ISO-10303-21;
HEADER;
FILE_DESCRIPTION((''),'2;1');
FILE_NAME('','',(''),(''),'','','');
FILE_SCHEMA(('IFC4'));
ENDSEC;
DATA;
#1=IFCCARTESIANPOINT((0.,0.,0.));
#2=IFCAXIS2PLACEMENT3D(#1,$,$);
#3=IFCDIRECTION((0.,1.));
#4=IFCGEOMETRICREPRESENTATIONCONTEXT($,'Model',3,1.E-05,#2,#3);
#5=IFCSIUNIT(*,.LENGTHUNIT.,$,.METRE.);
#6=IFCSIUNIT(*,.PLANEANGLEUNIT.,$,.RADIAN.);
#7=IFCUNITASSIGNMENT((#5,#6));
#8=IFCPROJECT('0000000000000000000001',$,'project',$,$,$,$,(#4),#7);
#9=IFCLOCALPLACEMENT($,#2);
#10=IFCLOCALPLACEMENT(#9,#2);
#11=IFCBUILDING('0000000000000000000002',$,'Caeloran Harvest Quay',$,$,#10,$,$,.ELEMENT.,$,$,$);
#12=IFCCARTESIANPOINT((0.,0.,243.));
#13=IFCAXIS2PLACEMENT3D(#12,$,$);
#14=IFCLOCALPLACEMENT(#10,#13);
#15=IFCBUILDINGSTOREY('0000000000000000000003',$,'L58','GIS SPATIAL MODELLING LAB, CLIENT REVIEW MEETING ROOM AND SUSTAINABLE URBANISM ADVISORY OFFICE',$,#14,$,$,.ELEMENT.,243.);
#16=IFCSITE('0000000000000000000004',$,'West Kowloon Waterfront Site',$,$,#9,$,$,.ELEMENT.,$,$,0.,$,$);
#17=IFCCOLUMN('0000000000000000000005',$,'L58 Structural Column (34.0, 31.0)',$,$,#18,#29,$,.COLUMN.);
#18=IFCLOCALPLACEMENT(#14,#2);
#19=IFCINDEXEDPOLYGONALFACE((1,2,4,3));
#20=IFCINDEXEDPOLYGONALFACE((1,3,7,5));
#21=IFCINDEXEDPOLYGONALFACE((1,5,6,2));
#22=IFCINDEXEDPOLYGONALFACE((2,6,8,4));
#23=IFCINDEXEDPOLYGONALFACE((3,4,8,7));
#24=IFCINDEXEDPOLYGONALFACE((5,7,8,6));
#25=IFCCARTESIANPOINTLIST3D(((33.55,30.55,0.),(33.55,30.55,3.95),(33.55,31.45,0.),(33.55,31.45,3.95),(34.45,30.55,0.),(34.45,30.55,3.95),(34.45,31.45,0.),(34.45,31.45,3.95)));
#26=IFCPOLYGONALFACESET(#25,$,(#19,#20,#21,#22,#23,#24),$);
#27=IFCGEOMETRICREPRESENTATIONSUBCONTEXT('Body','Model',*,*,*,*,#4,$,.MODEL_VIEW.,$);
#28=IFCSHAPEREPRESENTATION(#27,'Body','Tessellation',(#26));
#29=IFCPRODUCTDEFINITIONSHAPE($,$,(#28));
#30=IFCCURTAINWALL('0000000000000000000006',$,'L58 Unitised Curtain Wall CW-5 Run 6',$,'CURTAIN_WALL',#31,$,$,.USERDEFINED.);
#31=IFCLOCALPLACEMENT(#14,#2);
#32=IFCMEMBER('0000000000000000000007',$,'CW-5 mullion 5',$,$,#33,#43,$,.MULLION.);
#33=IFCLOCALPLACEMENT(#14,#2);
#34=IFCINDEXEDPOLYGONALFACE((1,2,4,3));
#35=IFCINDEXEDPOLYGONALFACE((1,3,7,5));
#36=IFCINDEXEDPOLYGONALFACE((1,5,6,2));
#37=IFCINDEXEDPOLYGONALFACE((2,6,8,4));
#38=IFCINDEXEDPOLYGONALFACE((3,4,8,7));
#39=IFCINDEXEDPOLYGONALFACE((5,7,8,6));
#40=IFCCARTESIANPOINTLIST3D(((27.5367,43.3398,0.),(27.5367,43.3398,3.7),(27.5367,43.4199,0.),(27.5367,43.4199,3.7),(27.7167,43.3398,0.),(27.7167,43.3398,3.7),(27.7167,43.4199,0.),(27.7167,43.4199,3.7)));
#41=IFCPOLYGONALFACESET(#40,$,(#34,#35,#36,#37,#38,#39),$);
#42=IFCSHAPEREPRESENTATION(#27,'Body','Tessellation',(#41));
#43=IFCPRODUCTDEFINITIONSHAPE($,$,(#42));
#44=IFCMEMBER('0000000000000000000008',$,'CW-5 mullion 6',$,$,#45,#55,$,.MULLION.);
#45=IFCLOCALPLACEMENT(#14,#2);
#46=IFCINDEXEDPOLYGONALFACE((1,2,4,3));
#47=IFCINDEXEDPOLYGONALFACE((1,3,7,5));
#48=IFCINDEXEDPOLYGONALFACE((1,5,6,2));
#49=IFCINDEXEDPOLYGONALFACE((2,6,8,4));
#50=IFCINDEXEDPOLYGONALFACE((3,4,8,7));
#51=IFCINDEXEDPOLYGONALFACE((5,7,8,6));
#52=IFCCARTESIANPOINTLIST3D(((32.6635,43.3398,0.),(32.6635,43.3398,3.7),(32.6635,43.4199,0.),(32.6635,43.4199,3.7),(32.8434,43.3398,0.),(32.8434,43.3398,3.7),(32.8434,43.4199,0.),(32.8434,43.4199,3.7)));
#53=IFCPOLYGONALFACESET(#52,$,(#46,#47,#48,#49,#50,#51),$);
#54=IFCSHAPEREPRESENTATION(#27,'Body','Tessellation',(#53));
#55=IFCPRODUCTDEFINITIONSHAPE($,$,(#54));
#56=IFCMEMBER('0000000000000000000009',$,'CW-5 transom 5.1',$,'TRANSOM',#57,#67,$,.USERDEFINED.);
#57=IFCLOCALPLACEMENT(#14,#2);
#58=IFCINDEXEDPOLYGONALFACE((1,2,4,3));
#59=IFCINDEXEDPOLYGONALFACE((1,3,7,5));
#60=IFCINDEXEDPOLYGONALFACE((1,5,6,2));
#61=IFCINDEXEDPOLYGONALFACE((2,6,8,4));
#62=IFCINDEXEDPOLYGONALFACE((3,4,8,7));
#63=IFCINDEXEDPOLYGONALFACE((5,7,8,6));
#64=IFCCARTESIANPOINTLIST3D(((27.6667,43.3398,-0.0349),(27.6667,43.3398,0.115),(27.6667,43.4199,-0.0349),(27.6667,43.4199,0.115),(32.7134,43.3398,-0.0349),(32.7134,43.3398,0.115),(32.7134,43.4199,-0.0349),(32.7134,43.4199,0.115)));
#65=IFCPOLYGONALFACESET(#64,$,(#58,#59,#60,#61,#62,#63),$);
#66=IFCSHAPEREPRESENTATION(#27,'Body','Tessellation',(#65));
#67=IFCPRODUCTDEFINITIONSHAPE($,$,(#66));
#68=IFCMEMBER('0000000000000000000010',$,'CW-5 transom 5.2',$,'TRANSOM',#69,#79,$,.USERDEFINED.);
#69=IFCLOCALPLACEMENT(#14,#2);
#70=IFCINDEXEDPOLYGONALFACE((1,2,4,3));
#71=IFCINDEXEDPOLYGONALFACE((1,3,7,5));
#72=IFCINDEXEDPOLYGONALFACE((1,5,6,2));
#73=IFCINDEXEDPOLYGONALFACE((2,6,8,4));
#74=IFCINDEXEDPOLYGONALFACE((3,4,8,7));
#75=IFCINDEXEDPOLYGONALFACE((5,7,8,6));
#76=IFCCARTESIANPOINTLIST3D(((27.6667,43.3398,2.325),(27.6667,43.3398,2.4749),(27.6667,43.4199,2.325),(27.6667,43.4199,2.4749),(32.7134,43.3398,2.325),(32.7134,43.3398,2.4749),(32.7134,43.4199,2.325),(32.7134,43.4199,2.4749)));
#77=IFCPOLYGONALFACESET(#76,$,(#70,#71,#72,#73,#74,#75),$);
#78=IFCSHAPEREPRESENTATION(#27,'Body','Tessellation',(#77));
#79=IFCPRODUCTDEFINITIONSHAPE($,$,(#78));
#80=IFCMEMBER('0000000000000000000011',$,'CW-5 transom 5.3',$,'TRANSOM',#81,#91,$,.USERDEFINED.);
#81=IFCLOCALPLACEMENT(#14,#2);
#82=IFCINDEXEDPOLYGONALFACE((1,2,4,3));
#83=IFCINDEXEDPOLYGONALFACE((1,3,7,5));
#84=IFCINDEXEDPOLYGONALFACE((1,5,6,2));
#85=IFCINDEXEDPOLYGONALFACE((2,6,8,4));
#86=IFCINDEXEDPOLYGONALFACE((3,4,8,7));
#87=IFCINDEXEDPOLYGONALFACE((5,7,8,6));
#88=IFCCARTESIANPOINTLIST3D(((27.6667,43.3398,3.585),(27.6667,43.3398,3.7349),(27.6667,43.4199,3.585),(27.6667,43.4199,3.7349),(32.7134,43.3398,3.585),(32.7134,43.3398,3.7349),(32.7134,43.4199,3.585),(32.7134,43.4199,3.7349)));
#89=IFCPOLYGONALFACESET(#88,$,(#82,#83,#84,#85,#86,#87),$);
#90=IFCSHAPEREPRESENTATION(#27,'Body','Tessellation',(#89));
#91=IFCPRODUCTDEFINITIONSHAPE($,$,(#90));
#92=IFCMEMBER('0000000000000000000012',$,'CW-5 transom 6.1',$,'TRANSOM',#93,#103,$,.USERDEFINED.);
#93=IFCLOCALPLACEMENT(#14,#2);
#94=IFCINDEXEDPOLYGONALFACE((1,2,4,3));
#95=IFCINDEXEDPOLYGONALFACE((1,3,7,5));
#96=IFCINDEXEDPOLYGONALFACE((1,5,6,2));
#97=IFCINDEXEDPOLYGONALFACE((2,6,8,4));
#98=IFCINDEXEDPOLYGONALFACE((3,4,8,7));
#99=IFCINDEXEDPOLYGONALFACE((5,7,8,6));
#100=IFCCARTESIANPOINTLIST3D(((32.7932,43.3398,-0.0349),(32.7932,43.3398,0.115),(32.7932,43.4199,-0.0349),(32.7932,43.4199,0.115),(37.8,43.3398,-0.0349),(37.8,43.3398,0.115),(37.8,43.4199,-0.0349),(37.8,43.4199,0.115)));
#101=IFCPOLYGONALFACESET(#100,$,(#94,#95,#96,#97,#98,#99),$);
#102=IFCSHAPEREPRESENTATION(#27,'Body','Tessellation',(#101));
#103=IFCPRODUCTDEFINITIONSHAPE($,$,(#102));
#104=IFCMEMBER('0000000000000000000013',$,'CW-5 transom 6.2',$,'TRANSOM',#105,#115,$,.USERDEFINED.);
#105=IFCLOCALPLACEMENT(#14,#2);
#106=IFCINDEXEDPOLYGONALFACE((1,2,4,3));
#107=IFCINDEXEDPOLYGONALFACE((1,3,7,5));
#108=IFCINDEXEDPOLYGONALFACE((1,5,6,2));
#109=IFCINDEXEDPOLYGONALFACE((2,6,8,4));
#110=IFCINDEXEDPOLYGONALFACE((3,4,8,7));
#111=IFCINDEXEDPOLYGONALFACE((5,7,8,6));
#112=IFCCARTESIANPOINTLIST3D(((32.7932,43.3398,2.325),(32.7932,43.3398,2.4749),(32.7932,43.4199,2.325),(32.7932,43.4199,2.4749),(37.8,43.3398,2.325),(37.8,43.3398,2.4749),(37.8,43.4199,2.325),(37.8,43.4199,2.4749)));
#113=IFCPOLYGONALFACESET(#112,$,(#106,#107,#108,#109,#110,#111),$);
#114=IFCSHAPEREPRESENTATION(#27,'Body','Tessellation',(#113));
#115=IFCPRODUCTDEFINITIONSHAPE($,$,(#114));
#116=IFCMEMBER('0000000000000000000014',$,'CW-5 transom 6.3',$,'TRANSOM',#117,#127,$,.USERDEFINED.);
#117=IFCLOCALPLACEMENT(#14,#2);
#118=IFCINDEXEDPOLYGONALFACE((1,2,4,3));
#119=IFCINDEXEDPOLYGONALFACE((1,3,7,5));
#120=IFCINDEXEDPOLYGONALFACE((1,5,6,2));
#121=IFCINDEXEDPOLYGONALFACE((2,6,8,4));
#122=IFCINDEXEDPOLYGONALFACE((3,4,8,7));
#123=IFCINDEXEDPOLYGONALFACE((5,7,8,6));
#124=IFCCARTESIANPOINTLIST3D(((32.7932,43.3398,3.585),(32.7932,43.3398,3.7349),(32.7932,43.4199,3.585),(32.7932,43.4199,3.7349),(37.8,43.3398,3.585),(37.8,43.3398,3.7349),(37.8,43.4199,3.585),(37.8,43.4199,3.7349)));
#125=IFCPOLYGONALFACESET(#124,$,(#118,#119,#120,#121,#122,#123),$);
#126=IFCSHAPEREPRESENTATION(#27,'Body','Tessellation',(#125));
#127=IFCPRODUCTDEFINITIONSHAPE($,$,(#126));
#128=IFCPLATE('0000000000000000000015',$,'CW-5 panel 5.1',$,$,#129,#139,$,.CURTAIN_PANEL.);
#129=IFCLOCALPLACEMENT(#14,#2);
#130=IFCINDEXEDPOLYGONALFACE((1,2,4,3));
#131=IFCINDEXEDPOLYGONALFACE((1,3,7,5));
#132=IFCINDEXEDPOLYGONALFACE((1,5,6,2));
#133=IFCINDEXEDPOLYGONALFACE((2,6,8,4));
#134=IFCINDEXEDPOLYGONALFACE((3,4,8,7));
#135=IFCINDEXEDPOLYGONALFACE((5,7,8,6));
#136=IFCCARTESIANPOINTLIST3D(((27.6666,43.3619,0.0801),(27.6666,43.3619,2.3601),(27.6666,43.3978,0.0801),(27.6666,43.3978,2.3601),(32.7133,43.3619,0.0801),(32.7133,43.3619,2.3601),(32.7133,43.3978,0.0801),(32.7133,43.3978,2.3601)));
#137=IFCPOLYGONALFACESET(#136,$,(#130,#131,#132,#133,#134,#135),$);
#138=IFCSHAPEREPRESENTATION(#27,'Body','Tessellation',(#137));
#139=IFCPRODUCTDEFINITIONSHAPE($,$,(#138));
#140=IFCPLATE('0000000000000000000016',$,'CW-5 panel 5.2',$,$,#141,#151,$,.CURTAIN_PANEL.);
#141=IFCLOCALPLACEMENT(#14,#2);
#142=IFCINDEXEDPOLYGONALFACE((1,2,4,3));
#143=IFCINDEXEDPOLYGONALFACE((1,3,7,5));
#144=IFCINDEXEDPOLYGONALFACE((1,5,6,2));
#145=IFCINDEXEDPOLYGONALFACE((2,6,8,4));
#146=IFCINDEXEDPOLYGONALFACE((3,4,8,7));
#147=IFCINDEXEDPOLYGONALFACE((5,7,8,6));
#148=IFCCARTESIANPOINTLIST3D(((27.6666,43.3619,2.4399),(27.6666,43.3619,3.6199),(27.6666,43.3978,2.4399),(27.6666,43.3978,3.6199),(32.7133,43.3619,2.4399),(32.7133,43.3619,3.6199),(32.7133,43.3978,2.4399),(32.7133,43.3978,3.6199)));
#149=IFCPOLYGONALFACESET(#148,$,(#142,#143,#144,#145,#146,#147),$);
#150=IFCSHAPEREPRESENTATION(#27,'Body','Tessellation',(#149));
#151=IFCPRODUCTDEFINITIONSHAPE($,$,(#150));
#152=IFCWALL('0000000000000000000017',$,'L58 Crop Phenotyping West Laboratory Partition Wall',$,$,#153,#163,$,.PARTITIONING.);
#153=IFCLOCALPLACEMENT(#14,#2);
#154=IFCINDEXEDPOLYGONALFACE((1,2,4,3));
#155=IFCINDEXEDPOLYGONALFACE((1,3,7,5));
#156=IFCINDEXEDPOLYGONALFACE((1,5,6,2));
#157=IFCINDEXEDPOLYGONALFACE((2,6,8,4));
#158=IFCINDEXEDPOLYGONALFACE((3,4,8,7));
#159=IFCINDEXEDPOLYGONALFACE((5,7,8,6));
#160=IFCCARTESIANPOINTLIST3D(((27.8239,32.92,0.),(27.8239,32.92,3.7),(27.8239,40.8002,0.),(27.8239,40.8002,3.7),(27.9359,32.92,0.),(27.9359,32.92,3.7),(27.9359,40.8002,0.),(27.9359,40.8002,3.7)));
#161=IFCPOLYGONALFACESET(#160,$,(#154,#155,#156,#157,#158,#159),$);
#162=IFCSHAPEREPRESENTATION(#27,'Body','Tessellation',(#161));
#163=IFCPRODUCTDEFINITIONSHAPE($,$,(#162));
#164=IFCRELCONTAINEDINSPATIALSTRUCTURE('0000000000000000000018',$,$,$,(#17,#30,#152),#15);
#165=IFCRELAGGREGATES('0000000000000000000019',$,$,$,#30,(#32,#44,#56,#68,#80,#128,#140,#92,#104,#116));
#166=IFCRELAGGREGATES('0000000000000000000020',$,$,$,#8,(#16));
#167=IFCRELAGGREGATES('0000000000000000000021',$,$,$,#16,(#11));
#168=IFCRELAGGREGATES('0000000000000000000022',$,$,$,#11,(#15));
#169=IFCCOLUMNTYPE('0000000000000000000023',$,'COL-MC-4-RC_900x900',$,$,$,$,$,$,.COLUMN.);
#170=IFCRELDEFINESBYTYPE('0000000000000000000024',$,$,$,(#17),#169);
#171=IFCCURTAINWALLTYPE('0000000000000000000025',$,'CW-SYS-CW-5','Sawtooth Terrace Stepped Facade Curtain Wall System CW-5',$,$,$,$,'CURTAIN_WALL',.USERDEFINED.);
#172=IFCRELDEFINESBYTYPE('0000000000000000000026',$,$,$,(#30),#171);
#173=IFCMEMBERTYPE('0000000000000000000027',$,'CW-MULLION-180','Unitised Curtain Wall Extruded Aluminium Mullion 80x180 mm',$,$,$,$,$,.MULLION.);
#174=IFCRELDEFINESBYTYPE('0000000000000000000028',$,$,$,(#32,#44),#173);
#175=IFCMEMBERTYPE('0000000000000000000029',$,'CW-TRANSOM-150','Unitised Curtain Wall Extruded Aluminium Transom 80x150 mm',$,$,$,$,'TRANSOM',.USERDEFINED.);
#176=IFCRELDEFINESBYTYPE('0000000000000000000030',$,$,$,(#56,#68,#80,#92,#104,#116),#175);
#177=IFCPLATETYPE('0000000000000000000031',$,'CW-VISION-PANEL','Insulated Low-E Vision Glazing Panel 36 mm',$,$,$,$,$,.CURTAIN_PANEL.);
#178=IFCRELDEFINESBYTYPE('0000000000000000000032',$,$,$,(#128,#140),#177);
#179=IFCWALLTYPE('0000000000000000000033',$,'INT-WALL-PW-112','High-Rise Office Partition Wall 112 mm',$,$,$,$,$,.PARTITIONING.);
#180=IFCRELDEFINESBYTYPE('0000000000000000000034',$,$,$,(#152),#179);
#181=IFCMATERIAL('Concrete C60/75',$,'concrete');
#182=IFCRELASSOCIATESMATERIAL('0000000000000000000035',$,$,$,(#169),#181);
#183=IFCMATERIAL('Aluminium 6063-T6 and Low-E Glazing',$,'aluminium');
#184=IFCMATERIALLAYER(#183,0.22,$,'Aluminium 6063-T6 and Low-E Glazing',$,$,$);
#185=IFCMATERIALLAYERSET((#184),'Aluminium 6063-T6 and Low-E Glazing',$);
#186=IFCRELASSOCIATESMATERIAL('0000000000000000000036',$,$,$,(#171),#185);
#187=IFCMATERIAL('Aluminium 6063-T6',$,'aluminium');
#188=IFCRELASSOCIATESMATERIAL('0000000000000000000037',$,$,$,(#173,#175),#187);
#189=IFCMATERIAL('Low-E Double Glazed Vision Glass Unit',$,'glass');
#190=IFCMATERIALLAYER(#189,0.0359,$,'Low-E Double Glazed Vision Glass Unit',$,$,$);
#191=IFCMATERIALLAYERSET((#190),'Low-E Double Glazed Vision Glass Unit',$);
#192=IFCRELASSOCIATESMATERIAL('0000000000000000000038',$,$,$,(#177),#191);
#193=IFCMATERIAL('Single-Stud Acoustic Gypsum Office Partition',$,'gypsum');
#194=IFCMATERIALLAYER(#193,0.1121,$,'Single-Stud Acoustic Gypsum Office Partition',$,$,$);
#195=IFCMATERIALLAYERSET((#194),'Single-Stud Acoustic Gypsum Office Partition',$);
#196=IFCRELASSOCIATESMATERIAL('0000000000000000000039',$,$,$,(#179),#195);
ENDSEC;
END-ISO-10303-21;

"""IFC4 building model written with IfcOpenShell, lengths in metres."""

from ifc_helpers import new_model, si_unit, direction, frame, frame_2d, origin, origin_2d, place, context, subcontext, project, spatial, rectangle, extrude, material, layer, layer_set, material_profile, profile_set, type_object, element, aggregate, save


model = new_model("IFC4")

# Units and contexts
model_context = context("Model", 3, precision=1e-05, world=origin(), true_north=direction((0.0, 1.0)))
body_context = subcontext(model_context, "Body", "Model", "MODEL_VIEW")
ifc_project = project(units=[si_unit("LENGTHUNIT", "METRE"), si_unit("PLANEANGLEUNIT", "RADIAN")], contexts=[model_context])

# Site, building, storey
site_placement = place(None, origin())
site = spatial("IfcSite", under=ifc_project, at=site_placement, Name="West Kowloon Waterfront Site", CompositionType="ELEMENT", RefElevation=0.0)
building_placement = place(site_placement, origin())
building = spatial("IfcBuilding", under=site, at=building_placement, Name="Caeloran Harvest Quay", CompositionType="ELEMENT")
storey_placement = place(building_placement, frame((0.0, 0.0, 243.0)))
storey = spatial("IfcBuildingStorey", under=building, at=storey_placement, Name="L58", Description="GIS SPATIAL MODELLING LAB, CLIENT REVIEW MEETING ROOM AND SUSTAINABLE URBANISM ADVISORY OFFICE", CompositionType="ELEMENT", Elevation=243.0)

# Column
ifc_material_1 = material(Name="Concrete C60/75", Category="concrete")
ifc_material_profile_1 = material_profile(ifc_material_1, rectangle(XDim=0.8999, YDim=0.8999, at=origin_2d()), Name="RC 900x900")
ifc_profile_set_1 = profile_set([ifc_material_profile_1], Name="Concrete C60/75")
column_type = type_object("IfcColumnType", Name="COL-MC-4-RC_900x900", PredefinedType="COLUMN", material=ifc_profile_set_1)
column_placement = place(storey_placement, frame((34.0, 31.0, 0.0), z_axis=(0.0, 0.0, 1.0), x_axis=(1.0, 0.0, 0.0)))
element("IfcColumn", 1, at=column_placement, inside=storey, type_object=column_type, Name="L58 Structural Column (34.0, 31.0)", PredefinedType="COLUMN", context=body_context, shape_type="SweptSolid", body=[
    extrude(rectangle(XDim=0.8999, YDim=0.8999, at=origin_2d()), origin(), (0.0, 0.0, 1.0), 3.95),
])

# Curtain wall, members, plates
ifc_material_2 = material(Name="Aluminium 6063-T6 and Low-E Glazing", Category="aluminium")
ifc_layer_1 = layer(ifc_material_2, 0.22, Name="Aluminium 6063-T6 and Low-E Glazing")
ifc_layer_set_1 = layer_set([ifc_layer_1], Name="Aluminium 6063-T6 and Low-E Glazing")
curtain_wall_type = type_object("IfcCurtainWallType", Name="CW-SYS-CW-5", Description="Sawtooth Terrace Stepped Facade Curtain Wall System CW-5", ElementType="CURTAIN_WALL", PredefinedType="USERDEFINED", material=ifc_layer_set_1)
curtain_wall_placement = place(storey_placement, origin())
curtain_wall = element("IfcCurtainWall", 2, at=curtain_wall_placement, inside=storey, type_object=curtain_wall_type, Name="L58 Unitised Curtain Wall CW-5 Run 6", ObjectType="CURTAIN_WALL", PredefinedType="USERDEFINED")
ifc_material_3 = material(Name="Aluminium 6063-T6", Category="aluminium")
ifc_material_profile_2 = material_profile(ifc_material_3, rectangle(XDim=0.0801, YDim=0.1799, at=origin_2d()), Name="CW-MULLION-180")
ifc_profile_set_2 = profile_set([ifc_material_profile_2], Name="Aluminium 6063-T6")
member_type_1 = type_object("IfcMemberType", Name="CW-MULLION-180", Description="Unitised Curtain Wall Extruded Aluminium Mullion 80x180 mm", PredefinedType="MULLION", material=ifc_profile_set_2)
member_1_placement = place(storey_placement, frame((27.6267, 43.3799, 0.0), z_axis=(0.0, 0.0, 1.0), x_axis=(0.0, 1.0, 0.0)))
member_1 = element("IfcMember", 3, at=member_1_placement, type_object=member_type_1, Name="CW-5 mullion 5", PredefinedType="MULLION", context=body_context, shape_type="SweptSolid", body=[
    extrude(rectangle(XDim=0.0801, YDim=0.1799, at=origin_2d()), origin(), (0.0, 0.0, 1.0), 3.7),
])
member_2_placement = place(storey_placement, frame((32.7534, 43.3799, 0.0), z_axis=(0.0, 0.0, 1.0), x_axis=(0.0, 1.0, 0.0)))
member_2 = element("IfcMember", 4, at=member_2_placement, type_object=member_type_1, Name="CW-5 mullion 6", PredefinedType="MULLION", context=body_context, shape_type="SweptSolid", body=[
    extrude(rectangle(XDim=0.0801, YDim=0.1799, at=origin_2d()), origin(), (0.0, 0.0, 1.0), 3.7),
])
ifc_material_profile_3 = material_profile(ifc_material_3, rectangle(XDim=0.0801, YDim=0.1499, at=origin_2d()), Name="CW-TRANSOM-150")
ifc_profile_set_3 = profile_set([ifc_material_profile_3], Name="Aluminium 6063-T6")
member_type_2 = type_object("IfcMemberType", Name="CW-TRANSOM-150", Description="Unitised Curtain Wall Extruded Aluminium Transom 80x150 mm", ElementType="TRANSOM", PredefinedType="USERDEFINED", material=ifc_profile_set_3)
member_3_placement = place(storey_placement, frame((27.6667, 43.3799, 0.04), z_axis=(1.0, 0.0, 0.0), x_axis=(0.0, 1.0, 0.0)))
member_3 = element("IfcMember", 5, at=member_3_placement, type_object=member_type_2, Name="CW-5 transom 5.1", ObjectType="TRANSOM", PredefinedType="USERDEFINED", context=body_context, shape_type="SweptSolid", body=[
    extrude(rectangle(XDim=0.0801, YDim=0.1499, at=origin_2d()), origin(), (0.0, 0.0, 1.0), 5.0466),
])
member_4_placement = place(storey_placement, frame((27.6667, 43.3799, 2.3999), z_axis=(1.0, 0.0, 0.0), x_axis=(0.0, 1.0, 0.0)))
member_4 = element("IfcMember", 6, at=member_4_placement, type_object=member_type_2, Name="CW-5 transom 5.2", ObjectType="TRANSOM", PredefinedType="USERDEFINED", context=body_context, shape_type="SweptSolid", body=[
    extrude(rectangle(XDim=0.0801, YDim=0.1499, at=origin_2d()), origin(), (0.0, 0.0, 1.0), 5.0466),
])
member_5_placement = place(storey_placement, frame((27.6667, 43.3799, 3.6599), z_axis=(1.0, 0.0, 0.0), x_axis=(0.0, 1.0, 0.0)))
member_5 = element("IfcMember", 7, at=member_5_placement, type_object=member_type_2, Name="CW-5 transom 5.3", ObjectType="TRANSOM", PredefinedType="USERDEFINED", context=body_context, shape_type="SweptSolid", body=[
    extrude(rectangle(XDim=0.0801, YDim=0.1499, at=origin_2d()), origin(), (0.0, 0.0, 1.0), 5.0466),
])
member_6_placement = place(storey_placement, frame((32.7932, 43.3799, 0.04), z_axis=(1.0, 0.0, 0.0), x_axis=(0.0, 1.0, 0.0)))
member_6 = element("IfcMember", 8, at=member_6_placement, type_object=member_type_2, Name="CW-5 transom 6.1", ObjectType="TRANSOM", PredefinedType="USERDEFINED", context=body_context, shape_type="SweptSolid", body=[
    extrude(rectangle(XDim=0.0801, YDim=0.1499, at=origin_2d()), origin(), (0.0, 0.0, 1.0), 5.0068),
])
member_7_placement = place(storey_placement, frame((32.7932, 43.3799, 2.3999), z_axis=(1.0, 0.0, 0.0), x_axis=(0.0, 1.0, 0.0)))
member_7 = element("IfcMember", 9, at=member_7_placement, type_object=member_type_2, Name="CW-5 transom 6.2", ObjectType="TRANSOM", PredefinedType="USERDEFINED", context=body_context, shape_type="SweptSolid", body=[
    extrude(rectangle(XDim=0.0801, YDim=0.1499, at=origin_2d()), origin(), (0.0, 0.0, 1.0), 5.0068),
])
member_8_placement = place(storey_placement, frame((32.7932, 43.3799, 3.6599), z_axis=(1.0, 0.0, 0.0), x_axis=(0.0, 1.0, 0.0)))
member_8 = element("IfcMember", 10, at=member_8_placement, type_object=member_type_2, Name="CW-5 transom 6.3", ObjectType="TRANSOM", PredefinedType="USERDEFINED", context=body_context, shape_type="SweptSolid", body=[
    extrude(rectangle(XDim=0.0801, YDim=0.1499, at=origin_2d()), origin(), (0.0, 0.0, 1.0), 5.0068),
])
ifc_material_4 = material(Name="Low-E Double Glazed Vision Glass Unit", Category="glass")
ifc_layer_2 = layer(ifc_material_4, 0.0359, Name="Low-E Double Glazed Vision Glass Unit")
ifc_layer_set_2 = layer_set([ifc_layer_2], Name="Low-E Double Glazed Vision Glass Unit")
plate_type = type_object("IfcPlateType", Name="CW-VISION-PANEL", Description="Insulated Low-E Vision Glazing Panel 36 mm", PredefinedType="CURTAIN_PANEL", material=ifc_layer_set_2)
plate_1_placement = place(storey_placement, frame((30.1899, 43.3799, 0.0801), z_axis=(0.0, 0.0, 1.0), x_axis=(1.0, 0.0, 0.0)))
plate_1 = element("IfcPlate", 11, at=plate_1_placement, type_object=plate_type, Name="CW-5 panel 5.1", PredefinedType="CURTAIN_PANEL", context=body_context, shape_type="SweptSolid", body=[
    extrude(rectangle(XDim=5.0466, YDim=0.0359, at=origin_2d()), origin(), (0.0, 0.0, 1.0), 2.28),
])
plate_2_placement = place(storey_placement, frame((30.1899, 43.3799, 2.4399), z_axis=(0.0, 0.0, 1.0), x_axis=(1.0, 0.0, 0.0)))
plate_2 = element("IfcPlate", 12, at=plate_2_placement, type_object=plate_type, Name="CW-5 panel 5.2", PredefinedType="CURTAIN_PANEL", context=body_context, shape_type="SweptSolid", body=[
    extrude(rectangle(XDim=5.0466, YDim=0.0359, at=origin_2d()), origin(), (0.0, 0.0, 1.0), 1.1799),
])
aggregate(curtain_wall, [member_1, member_2, member_3, member_4, member_5, plate_1, plate_2, member_6, member_7, member_8])

# Wall
ifc_material_5 = material(Name="Single-Stud Acoustic Gypsum Office Partition", Category="gypsum")
ifc_layer_3 = layer(ifc_material_5, 0.1121, Name="Single-Stud Acoustic Gypsum Office Partition")
ifc_layer_set_3 = layer_set([ifc_layer_3], Name="Single-Stud Acoustic Gypsum Office Partition")
wall_type = type_object("IfcWallType", Name="INT-WALL-PW-112", Description="High-Rise Office Partition Wall 112 mm", PredefinedType="PARTITIONING", material=ifc_layer_set_3)
wall_1_placement = place(storey_placement, frame((27.8799, 40.8, 0.0), z_axis=(0.0, 0.0, 1.0), x_axis=(0.0, -1.0, 0.0)))
element("IfcWall", 13, at=wall_1_placement, inside=storey, type_object=wall_type, Name="L58 Crop Phenotyping West Laboratory Partition Wall", PredefinedType="PARTITIONING", context=body_context, shape_type="SweptSolid", body=[
    extrude(rectangle(XDim=7.8801, YDim=0.1121, at=frame_2d((3.9399, 0.0))), origin(), (0.0, 0.0, 1.0), 3.7),
])

save(model, "model.ifc")
